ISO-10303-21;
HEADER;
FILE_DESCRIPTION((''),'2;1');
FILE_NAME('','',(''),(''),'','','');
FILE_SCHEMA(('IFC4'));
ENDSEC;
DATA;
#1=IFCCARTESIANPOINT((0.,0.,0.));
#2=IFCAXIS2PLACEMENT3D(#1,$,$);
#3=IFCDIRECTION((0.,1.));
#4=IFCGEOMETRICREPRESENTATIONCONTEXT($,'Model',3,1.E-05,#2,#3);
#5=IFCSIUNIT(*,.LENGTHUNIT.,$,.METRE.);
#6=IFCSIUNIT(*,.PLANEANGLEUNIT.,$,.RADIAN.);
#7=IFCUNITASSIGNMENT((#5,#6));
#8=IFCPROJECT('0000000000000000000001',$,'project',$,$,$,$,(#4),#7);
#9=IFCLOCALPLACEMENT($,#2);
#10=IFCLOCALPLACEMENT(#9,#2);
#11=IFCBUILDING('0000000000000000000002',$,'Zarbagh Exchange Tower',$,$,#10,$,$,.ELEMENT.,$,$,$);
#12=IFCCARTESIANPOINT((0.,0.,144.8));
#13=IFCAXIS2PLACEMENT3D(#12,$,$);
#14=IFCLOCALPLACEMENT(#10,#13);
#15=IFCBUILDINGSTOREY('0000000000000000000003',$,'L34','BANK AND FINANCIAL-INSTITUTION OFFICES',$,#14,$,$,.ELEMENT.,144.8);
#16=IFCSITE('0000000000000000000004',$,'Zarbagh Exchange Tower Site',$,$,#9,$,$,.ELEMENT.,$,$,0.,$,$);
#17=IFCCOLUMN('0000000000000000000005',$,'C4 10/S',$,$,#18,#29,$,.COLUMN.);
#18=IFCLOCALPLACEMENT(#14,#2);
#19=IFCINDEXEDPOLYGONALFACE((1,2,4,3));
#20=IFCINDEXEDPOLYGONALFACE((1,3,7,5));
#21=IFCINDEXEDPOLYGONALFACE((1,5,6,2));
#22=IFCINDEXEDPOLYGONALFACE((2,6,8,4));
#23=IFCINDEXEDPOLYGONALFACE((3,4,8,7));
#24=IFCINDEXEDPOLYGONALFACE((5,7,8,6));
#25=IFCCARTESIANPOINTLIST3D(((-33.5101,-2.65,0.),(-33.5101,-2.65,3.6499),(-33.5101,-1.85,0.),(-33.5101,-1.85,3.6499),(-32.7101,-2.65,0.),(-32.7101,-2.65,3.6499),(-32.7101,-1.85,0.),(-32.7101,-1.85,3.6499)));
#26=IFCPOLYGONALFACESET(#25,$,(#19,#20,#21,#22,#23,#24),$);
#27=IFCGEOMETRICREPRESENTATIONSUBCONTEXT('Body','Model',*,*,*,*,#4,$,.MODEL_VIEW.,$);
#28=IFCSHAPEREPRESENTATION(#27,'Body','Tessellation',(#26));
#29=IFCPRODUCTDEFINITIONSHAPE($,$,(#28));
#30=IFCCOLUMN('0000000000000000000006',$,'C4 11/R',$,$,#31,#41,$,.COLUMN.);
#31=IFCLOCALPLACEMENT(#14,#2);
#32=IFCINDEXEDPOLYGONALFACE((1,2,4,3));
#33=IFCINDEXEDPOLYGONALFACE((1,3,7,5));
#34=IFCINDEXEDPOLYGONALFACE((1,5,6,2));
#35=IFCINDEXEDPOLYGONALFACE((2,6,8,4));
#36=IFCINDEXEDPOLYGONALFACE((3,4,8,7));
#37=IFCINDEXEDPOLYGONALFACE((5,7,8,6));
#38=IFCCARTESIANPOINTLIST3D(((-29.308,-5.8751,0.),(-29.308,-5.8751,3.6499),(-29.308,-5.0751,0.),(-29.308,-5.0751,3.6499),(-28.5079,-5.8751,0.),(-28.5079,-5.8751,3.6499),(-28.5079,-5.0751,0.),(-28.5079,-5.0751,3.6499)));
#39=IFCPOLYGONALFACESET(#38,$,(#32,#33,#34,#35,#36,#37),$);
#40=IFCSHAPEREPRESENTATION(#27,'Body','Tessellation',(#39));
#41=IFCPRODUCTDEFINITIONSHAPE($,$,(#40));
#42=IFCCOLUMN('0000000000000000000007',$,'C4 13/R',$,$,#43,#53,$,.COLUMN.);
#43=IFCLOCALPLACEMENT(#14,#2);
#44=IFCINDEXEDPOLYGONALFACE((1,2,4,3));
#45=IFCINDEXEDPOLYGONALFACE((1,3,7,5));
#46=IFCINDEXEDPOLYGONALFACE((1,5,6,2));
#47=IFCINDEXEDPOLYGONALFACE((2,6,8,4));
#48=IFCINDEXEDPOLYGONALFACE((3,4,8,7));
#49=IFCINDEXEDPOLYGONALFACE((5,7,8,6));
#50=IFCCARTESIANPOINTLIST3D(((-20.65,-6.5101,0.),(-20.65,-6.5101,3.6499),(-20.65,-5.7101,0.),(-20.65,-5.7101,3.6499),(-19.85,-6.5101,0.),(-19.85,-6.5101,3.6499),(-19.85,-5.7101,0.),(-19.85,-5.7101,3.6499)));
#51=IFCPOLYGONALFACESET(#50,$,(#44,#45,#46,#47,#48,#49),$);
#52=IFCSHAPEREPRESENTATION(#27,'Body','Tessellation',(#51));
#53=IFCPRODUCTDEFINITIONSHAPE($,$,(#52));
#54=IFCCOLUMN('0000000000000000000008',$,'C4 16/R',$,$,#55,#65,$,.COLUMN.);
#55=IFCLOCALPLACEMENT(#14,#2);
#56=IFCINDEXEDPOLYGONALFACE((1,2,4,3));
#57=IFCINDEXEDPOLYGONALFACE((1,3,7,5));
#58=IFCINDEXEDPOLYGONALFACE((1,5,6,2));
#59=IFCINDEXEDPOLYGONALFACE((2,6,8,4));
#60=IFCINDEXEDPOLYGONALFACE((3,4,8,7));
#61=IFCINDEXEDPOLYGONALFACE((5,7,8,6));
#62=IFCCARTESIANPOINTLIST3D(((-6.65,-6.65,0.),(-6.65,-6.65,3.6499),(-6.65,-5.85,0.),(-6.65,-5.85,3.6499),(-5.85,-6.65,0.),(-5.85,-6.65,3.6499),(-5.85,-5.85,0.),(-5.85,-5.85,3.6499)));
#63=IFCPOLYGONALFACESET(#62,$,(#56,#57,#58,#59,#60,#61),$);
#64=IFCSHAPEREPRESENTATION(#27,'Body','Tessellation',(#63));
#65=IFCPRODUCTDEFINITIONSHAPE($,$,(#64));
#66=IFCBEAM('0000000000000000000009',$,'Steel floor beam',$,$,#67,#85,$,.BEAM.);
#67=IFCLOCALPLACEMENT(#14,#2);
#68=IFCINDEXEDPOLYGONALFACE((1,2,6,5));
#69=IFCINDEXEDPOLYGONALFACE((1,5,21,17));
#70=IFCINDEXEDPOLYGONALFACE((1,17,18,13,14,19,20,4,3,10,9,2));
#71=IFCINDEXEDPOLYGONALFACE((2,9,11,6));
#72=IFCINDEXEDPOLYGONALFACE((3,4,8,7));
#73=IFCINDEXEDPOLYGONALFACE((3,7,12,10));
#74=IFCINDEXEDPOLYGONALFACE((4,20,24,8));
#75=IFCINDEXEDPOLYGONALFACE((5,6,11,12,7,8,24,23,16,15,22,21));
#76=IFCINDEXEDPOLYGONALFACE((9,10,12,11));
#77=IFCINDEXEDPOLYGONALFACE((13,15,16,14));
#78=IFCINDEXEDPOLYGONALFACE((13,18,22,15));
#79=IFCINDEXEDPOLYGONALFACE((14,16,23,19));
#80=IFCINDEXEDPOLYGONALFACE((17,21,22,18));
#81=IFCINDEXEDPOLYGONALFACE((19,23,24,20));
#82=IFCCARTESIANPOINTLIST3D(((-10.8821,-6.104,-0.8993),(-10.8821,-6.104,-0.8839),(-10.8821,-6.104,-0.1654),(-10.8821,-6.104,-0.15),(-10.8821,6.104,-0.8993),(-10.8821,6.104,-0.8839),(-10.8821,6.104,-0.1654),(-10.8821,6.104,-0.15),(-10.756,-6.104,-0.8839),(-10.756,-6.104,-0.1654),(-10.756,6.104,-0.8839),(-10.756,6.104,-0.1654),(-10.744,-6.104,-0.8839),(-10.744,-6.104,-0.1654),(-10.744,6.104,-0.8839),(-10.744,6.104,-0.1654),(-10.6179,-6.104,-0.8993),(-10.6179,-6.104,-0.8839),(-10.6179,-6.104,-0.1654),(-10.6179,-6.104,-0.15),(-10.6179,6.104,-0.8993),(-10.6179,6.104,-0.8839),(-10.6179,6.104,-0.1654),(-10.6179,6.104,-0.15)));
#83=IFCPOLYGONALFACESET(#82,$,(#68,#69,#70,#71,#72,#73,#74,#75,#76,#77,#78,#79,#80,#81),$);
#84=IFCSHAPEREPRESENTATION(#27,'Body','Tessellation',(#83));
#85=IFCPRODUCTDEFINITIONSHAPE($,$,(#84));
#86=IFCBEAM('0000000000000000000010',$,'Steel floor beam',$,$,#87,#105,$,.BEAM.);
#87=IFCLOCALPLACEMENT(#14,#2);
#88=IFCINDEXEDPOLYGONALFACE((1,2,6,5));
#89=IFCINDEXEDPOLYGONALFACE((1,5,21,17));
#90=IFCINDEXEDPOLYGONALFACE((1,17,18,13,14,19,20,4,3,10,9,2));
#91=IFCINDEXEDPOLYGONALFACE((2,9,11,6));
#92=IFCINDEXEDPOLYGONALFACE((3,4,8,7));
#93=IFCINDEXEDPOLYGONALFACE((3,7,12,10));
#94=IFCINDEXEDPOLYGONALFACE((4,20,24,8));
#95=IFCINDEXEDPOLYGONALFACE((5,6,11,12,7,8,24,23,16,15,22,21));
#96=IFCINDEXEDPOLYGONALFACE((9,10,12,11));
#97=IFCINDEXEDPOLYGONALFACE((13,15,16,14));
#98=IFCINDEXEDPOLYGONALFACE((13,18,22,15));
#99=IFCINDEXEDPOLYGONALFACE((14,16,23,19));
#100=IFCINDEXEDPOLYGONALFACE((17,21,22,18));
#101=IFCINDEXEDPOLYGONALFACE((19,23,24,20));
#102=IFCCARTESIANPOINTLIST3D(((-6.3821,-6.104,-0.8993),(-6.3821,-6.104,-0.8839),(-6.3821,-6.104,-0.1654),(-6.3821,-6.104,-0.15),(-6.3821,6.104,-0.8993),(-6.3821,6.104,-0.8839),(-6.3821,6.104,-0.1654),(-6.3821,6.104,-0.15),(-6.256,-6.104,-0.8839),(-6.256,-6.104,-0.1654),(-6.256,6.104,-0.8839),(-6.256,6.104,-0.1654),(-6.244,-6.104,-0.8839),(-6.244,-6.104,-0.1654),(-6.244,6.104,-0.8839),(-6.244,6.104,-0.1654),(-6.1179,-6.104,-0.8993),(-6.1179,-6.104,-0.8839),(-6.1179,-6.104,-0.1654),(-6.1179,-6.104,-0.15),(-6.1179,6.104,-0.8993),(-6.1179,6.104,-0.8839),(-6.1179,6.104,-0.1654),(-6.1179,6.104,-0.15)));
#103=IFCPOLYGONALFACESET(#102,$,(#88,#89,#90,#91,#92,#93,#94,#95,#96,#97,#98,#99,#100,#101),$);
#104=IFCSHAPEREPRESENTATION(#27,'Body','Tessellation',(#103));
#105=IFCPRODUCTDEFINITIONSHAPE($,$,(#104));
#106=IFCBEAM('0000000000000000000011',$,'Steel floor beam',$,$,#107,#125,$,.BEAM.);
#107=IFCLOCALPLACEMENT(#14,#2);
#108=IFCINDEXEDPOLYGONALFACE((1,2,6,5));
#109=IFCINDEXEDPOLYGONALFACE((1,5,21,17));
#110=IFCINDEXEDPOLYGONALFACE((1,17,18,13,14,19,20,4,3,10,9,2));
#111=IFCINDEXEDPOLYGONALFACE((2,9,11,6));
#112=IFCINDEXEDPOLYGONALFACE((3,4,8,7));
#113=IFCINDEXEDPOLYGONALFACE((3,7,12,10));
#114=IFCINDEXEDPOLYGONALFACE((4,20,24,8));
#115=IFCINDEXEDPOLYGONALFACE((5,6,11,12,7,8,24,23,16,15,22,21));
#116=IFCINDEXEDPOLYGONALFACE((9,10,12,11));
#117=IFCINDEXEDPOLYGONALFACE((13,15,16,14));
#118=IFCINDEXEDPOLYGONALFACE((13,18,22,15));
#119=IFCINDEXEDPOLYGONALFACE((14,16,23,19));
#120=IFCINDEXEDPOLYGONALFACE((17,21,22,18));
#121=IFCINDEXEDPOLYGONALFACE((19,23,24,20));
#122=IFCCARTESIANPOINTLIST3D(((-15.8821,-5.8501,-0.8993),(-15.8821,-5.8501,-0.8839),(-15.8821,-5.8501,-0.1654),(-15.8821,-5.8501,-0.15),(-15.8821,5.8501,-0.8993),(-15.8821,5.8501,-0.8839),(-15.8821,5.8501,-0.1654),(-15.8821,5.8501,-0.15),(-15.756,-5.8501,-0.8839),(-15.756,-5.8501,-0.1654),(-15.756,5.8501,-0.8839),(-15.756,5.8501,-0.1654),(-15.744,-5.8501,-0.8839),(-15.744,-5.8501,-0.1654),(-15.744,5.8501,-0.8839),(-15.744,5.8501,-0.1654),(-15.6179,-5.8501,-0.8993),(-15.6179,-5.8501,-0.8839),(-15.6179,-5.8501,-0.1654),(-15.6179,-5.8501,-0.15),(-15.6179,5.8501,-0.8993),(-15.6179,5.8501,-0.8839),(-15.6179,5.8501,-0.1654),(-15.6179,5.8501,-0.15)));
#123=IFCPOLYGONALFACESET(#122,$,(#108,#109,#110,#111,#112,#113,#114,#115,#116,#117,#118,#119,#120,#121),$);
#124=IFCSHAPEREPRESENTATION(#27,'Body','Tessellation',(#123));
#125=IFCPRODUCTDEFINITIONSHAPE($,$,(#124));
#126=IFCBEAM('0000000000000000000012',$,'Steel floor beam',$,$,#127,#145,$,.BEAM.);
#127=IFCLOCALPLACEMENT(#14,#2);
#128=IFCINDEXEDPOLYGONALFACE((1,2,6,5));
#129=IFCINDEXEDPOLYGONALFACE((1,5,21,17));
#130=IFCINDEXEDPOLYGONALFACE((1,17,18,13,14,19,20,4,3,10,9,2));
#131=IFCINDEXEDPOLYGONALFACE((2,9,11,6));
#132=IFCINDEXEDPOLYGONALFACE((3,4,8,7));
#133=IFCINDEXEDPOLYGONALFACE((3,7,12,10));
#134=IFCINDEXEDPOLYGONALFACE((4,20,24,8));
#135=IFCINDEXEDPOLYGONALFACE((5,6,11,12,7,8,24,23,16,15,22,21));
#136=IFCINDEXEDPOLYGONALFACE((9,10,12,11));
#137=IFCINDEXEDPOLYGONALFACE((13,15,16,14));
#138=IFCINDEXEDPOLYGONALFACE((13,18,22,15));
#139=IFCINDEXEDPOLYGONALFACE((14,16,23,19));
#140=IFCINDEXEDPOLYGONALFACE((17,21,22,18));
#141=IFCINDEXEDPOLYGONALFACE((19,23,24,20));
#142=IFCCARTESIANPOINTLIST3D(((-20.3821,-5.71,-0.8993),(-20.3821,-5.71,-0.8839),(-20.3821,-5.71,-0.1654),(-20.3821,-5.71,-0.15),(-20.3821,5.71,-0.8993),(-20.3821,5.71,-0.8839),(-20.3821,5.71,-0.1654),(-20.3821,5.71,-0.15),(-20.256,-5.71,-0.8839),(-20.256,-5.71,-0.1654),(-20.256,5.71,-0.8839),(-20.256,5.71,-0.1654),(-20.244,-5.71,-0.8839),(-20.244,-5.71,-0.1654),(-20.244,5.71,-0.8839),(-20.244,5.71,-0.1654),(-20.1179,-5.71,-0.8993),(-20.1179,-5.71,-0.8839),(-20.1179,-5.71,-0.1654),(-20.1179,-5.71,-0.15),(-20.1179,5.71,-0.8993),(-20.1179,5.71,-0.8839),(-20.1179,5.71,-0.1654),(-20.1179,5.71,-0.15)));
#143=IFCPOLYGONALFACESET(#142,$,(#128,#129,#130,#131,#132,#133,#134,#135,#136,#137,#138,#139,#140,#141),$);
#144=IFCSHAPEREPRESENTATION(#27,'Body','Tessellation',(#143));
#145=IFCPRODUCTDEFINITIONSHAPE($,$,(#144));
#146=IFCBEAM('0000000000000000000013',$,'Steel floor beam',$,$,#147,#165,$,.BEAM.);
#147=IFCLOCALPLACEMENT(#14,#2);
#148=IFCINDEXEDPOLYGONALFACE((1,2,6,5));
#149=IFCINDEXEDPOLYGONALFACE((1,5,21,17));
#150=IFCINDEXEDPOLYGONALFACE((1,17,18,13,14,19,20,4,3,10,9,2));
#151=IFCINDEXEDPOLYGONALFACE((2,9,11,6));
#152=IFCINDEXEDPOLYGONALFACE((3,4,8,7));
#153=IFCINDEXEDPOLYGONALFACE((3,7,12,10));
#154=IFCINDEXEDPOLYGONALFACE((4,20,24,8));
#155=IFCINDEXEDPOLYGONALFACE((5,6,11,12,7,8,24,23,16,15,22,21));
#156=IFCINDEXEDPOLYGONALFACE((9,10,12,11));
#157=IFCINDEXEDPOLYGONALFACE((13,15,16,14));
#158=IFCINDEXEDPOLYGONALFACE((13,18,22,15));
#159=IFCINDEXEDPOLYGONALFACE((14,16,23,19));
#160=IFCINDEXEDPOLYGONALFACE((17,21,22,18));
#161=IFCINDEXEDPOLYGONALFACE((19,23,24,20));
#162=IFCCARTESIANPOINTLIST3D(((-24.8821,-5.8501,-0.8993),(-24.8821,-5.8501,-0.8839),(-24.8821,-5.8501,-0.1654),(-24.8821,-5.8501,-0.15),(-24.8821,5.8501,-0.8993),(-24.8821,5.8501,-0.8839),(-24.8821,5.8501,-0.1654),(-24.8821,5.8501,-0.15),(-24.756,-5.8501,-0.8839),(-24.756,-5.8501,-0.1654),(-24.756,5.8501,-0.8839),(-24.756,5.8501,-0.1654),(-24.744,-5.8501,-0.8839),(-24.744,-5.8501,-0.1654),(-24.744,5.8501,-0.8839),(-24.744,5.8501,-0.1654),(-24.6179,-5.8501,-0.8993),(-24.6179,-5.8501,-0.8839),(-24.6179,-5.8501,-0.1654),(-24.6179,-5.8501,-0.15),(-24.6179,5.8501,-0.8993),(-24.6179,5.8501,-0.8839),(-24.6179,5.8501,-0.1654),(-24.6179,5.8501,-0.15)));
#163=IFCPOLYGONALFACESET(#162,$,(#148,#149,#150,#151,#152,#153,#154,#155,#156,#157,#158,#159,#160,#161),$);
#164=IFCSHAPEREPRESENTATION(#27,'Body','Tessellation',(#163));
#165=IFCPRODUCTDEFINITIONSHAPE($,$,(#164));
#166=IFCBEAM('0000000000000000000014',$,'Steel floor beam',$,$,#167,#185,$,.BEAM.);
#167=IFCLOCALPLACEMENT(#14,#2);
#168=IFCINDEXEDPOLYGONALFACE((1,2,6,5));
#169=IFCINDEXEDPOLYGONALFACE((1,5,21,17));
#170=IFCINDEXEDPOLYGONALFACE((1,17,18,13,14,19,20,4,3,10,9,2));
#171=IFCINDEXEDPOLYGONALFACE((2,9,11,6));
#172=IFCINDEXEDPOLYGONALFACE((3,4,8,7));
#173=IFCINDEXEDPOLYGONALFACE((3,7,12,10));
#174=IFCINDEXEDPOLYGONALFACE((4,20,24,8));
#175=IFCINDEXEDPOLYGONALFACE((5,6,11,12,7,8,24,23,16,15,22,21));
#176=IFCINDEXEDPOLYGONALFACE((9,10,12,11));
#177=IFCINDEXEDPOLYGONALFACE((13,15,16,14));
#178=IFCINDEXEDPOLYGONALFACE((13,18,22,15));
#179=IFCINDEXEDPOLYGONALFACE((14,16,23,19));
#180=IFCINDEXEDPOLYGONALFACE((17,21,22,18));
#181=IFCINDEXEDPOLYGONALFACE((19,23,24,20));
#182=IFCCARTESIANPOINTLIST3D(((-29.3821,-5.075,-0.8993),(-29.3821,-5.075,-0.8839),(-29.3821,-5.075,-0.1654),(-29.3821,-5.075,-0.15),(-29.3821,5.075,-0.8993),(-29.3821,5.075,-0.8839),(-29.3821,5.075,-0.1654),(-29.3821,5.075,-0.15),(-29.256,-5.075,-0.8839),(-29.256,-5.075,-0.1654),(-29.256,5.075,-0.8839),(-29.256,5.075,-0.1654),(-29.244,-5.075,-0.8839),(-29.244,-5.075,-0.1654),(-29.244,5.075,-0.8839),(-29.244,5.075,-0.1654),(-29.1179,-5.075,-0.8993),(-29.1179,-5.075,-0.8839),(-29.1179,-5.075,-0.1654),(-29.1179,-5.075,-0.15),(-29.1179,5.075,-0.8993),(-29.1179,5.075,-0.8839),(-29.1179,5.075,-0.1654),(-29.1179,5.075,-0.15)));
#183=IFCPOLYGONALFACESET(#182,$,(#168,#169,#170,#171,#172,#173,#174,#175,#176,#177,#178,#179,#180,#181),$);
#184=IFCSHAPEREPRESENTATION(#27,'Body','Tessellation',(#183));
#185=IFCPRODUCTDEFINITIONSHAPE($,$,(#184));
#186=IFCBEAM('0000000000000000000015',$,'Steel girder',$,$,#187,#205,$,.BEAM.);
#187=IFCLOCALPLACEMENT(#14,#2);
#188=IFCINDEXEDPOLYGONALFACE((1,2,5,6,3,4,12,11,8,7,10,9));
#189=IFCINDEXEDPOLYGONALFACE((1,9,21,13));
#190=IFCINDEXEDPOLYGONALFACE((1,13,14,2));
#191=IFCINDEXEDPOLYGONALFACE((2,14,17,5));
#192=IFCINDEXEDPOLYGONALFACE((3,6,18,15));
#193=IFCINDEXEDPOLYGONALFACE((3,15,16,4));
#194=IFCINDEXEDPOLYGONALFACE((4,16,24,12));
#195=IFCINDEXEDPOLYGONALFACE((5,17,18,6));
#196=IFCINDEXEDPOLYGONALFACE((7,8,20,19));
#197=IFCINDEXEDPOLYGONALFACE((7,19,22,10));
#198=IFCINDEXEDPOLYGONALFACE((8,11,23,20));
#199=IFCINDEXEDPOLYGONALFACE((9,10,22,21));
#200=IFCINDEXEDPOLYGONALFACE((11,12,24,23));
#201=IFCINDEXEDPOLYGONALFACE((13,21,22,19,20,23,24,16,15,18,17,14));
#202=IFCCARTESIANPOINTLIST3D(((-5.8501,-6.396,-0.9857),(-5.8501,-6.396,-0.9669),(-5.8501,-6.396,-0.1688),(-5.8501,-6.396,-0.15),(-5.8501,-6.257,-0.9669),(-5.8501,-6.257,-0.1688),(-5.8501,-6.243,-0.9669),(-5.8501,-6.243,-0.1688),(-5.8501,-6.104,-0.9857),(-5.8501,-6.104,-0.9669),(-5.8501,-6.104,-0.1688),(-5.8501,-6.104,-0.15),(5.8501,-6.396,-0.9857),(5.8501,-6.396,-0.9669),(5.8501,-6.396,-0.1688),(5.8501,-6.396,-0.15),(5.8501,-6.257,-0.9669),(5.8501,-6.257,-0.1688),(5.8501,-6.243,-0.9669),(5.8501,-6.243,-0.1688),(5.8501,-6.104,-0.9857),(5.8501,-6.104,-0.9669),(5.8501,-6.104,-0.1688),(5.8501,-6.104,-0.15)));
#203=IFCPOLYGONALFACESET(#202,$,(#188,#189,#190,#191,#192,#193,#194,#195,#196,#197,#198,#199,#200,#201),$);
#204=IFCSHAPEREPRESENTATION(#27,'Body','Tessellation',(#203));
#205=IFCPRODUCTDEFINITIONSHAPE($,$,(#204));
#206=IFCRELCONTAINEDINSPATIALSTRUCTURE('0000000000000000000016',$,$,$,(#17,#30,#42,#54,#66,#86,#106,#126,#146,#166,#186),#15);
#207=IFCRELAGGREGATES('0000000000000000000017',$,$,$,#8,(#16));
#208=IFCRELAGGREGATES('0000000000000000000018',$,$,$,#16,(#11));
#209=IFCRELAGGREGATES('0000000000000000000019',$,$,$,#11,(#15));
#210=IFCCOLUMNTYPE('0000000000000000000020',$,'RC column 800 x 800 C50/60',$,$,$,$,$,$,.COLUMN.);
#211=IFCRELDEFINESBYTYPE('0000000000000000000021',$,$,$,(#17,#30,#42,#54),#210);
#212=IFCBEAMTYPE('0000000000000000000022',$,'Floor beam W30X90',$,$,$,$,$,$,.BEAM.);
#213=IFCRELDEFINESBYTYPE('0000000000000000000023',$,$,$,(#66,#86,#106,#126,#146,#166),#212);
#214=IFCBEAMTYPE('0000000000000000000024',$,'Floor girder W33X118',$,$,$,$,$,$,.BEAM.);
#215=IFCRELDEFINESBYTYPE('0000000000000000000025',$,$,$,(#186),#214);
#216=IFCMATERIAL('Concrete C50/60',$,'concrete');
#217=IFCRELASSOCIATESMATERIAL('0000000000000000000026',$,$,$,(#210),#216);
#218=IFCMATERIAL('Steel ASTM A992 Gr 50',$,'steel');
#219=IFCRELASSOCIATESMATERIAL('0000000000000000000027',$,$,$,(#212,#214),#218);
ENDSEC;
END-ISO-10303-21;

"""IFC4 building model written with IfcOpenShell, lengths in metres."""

from ifc_helpers import new_model, si_unit, direction, frame, origin, origin_2d, place, context, subcontext, project, spatial, rectangle, i_section, extrude, material, material_profile, profile_set, type_object, element, save


model = new_model("IFC4")

# Units and contexts
model_context = context("Model", 3, precision=1e-05, world=origin(), true_north=direction((0.0, 1.0)))
body_context = subcontext(model_context, "Body", "Model", "MODEL_VIEW")
ifc_project = project(units=[si_unit("LENGTHUNIT", "METRE"), si_unit("PLANEANGLEUNIT", "RADIAN")], contexts=[model_context])

# Site, building, storey
site_placement = place(None, origin())
site = spatial("IfcSite", under=ifc_project, at=site_placement, Name="Zarbagh Exchange Tower Site", CompositionType="ELEMENT", RefElevation=0.0)
building_placement = place(site_placement, origin())
building = spatial("IfcBuilding", under=site, at=building_placement, Name="Zarbagh Exchange Tower", CompositionType="ELEMENT")
storey_placement = place(building_placement, frame((0.0, 0.0, 144.8)))
storey = spatial("IfcBuildingStorey", under=building, at=storey_placement, Name="L34", Description="BANK AND FINANCIAL-INSTITUTION OFFICES", CompositionType="ELEMENT", Elevation=144.8)

# Columns
ifc_material_1 = material(Name="Concrete C50/60", Category="concrete")
ifc_material_profile_1 = material_profile(ifc_material_1, rectangle(XDim=0.8, YDim=0.8, at=origin_2d()), Name="RC column 800 x 800 C50/60")
ifc_profile_set_1 = profile_set([ifc_material_profile_1], Name="Concrete C50/60")
column_type = type_object("IfcColumnType", Name="RC column 800 x 800 C50/60", PredefinedType="COLUMN", material=ifc_profile_set_1)
for number, where, z_axis, x_axis, name in (
    (1, (-33.1101, -2.25, 0.0), (0.0, 0.0, 1.0), (1.0, 0.0, 0.0), "C4 10/S"),
    (2, (-28.908, -5.4751, 0.0), (0.0, 0.0, 1.0), (1.0, 0.0, 0.0), "C4 11/R"),
    (3, (-20.25, -6.1101, 0.0), (0.0, 0.0, 1.0), (1.0, 0.0, 0.0), "C4 13/R"),
    (4, (-6.25, -6.25, 0.0), (0.0, 0.0, 1.0), (1.0, 0.0, 0.0), "C4 16/R"),
):
    element("IfcColumn", number, at=place(storey_placement, frame(where, z_axis=z_axis, x_axis=x_axis)), inside=storey, type_object=column_type, Name=name, PredefinedType="COLUMN", context=body_context, shape_type="SweptSolid", body=[
        extrude(rectangle(XDim=0.8, YDim=0.8, at=origin_2d()), origin(), (0.0, 0.0, 1.0), 3.6499),
    ])

# Beams
ifc_material_2 = material(Name="Steel ASTM A992 Gr 50", Category="steel")
ifc_material_profile_2 = material_profile(ifc_material_2, i_section(OverallWidth=0.2642, OverallDepth=0.7493, WebThickness=0.012, FlangeThickness=0.0154, at=origin_2d()), Name="W30X90")
ifc_profile_set_2 = profile_set([ifc_material_profile_2], Name="Steel ASTM A992 Gr 50")
beam_type_1 = type_object("IfcBeamType", Name="Floor beam W30X90", PredefinedType="BEAM", material=ifc_profile_set_2)
for number, where, z_axis, x_axis, name in (
    (5, (-10.75, -6.104, -0.5247), (0.0, 1.0, 0.0), (-1.0, 0.0, 0.0), "Steel floor beam"),
    (6, (-6.25, -6.104, -0.5247), (0.0, 1.0, 0.0), (-1.0, 0.0, 0.0), "Steel floor beam"),
):
    element("IfcBeam", number, at=place(storey_placement, frame(where, z_axis=z_axis, x_axis=x_axis)), inside=storey, type_object=beam_type_1, Name=name, PredefinedType="BEAM", context=body_context, shape_type="SweptSolid", body=[
        extrude(i_section(OverallWidth=0.2642, OverallDepth=0.7493, WebThickness=0.012, FlangeThickness=0.0154, at=origin_2d()), origin(), (0.0, 0.0, 1.0), 12.208),
    ])
beam_1_placement = place(storey_placement, frame((-15.75, -5.8501, -0.5247), z_axis=(0.0, 1.0, 0.0), x_axis=(-1.0, 0.0, 0.0)))
element("IfcBeam", 7, at=beam_1_placement, inside=storey, type_object=beam_type_1, Name="Steel floor beam", PredefinedType="BEAM", context=body_context, shape_type="SweptSolid", body=[
    extrude(i_section(OverallWidth=0.2642, OverallDepth=0.7493, WebThickness=0.012, FlangeThickness=0.0154, at=origin_2d()), origin(), (0.0, 0.0, 1.0), 11.7002),
])
beam_2_placement = place(storey_placement, frame((-20.25, -5.71, -0.5247), z_axis=(0.0, 1.0, 0.0), x_axis=(-1.0, 0.0, 0.0)))
element("IfcBeam", 8, at=beam_2_placement, inside=storey, type_object=beam_type_1, Name="Steel floor beam", PredefinedType="BEAM", context=body_context, shape_type="SweptSolid", body=[
    extrude(i_section(OverallWidth=0.2642, OverallDepth=0.7493, WebThickness=0.012, FlangeThickness=0.0154, at=origin_2d()), origin(), (0.0, 0.0, 1.0), 11.4199),
])
beam_3_placement = place(storey_placement, frame((-24.75, -5.8501, -0.5247), z_axis=(0.0, 1.0, 0.0), x_axis=(-1.0, 0.0, 0.0)))
element("IfcBeam", 9, at=beam_3_placement, inside=storey, type_object=beam_type_1, Name="Steel floor beam", PredefinedType="BEAM", context=body_context, shape_type="SweptSolid", body=[
    extrude(i_section(OverallWidth=0.2642, OverallDepth=0.7493, WebThickness=0.012, FlangeThickness=0.0154, at=origin_2d()), origin(), (0.0, 0.0, 1.0), 11.7002),
])
beam_4_placement = place(storey_placement, frame((-29.25, -5.075, -0.5247), z_axis=(0.0, 1.0, 0.0), x_axis=(-1.0, 0.0, 0.0)))
element("IfcBeam", 10, at=beam_4_placement, inside=storey, type_object=beam_type_1, Name="Steel floor beam", PredefinedType="BEAM", context=body_context, shape_type="SweptSolid", body=[
    extrude(i_section(OverallWidth=0.2642, OverallDepth=0.7493, WebThickness=0.012, FlangeThickness=0.0154, at=origin_2d()), origin(), (0.0, 0.0, 1.0), 10.1499),
])
ifc_material_profile_3 = material_profile(ifc_material_2, i_section(OverallWidth=0.292, OverallDepth=0.8357, WebThickness=0.0139, FlangeThickness=0.0188, at=origin_2d()), Name="W33X118")
ifc_profile_set_3 = profile_set([ifc_material_profile_3], Name="Steel ASTM A992 Gr 50")
beam_type_2 = type_object("IfcBeamType", Name="Floor girder W33X118", PredefinedType="BEAM", material=ifc_profile_set_3)
beam_5_placement = place(storey_placement, frame((-5.8501, -6.25, -0.5679), z_axis=(1.0, 0.0, 0.0), x_axis=(0.0, 1.0, 0.0)))
element("IfcBeam", 11, at=beam_5_placement, inside=storey, type_object=beam_type_2, Name="Steel girder", PredefinedType="BEAM", context=body_context, shape_type="SweptSolid", body=[
    extrude(i_section(OverallWidth=0.292, OverallDepth=0.8357, WebThickness=0.0139, FlangeThickness=0.0188, at=origin_2d()), origin(), (0.0, 0.0, 1.0), 11.7002),
])

save(model, "model.ifc")
